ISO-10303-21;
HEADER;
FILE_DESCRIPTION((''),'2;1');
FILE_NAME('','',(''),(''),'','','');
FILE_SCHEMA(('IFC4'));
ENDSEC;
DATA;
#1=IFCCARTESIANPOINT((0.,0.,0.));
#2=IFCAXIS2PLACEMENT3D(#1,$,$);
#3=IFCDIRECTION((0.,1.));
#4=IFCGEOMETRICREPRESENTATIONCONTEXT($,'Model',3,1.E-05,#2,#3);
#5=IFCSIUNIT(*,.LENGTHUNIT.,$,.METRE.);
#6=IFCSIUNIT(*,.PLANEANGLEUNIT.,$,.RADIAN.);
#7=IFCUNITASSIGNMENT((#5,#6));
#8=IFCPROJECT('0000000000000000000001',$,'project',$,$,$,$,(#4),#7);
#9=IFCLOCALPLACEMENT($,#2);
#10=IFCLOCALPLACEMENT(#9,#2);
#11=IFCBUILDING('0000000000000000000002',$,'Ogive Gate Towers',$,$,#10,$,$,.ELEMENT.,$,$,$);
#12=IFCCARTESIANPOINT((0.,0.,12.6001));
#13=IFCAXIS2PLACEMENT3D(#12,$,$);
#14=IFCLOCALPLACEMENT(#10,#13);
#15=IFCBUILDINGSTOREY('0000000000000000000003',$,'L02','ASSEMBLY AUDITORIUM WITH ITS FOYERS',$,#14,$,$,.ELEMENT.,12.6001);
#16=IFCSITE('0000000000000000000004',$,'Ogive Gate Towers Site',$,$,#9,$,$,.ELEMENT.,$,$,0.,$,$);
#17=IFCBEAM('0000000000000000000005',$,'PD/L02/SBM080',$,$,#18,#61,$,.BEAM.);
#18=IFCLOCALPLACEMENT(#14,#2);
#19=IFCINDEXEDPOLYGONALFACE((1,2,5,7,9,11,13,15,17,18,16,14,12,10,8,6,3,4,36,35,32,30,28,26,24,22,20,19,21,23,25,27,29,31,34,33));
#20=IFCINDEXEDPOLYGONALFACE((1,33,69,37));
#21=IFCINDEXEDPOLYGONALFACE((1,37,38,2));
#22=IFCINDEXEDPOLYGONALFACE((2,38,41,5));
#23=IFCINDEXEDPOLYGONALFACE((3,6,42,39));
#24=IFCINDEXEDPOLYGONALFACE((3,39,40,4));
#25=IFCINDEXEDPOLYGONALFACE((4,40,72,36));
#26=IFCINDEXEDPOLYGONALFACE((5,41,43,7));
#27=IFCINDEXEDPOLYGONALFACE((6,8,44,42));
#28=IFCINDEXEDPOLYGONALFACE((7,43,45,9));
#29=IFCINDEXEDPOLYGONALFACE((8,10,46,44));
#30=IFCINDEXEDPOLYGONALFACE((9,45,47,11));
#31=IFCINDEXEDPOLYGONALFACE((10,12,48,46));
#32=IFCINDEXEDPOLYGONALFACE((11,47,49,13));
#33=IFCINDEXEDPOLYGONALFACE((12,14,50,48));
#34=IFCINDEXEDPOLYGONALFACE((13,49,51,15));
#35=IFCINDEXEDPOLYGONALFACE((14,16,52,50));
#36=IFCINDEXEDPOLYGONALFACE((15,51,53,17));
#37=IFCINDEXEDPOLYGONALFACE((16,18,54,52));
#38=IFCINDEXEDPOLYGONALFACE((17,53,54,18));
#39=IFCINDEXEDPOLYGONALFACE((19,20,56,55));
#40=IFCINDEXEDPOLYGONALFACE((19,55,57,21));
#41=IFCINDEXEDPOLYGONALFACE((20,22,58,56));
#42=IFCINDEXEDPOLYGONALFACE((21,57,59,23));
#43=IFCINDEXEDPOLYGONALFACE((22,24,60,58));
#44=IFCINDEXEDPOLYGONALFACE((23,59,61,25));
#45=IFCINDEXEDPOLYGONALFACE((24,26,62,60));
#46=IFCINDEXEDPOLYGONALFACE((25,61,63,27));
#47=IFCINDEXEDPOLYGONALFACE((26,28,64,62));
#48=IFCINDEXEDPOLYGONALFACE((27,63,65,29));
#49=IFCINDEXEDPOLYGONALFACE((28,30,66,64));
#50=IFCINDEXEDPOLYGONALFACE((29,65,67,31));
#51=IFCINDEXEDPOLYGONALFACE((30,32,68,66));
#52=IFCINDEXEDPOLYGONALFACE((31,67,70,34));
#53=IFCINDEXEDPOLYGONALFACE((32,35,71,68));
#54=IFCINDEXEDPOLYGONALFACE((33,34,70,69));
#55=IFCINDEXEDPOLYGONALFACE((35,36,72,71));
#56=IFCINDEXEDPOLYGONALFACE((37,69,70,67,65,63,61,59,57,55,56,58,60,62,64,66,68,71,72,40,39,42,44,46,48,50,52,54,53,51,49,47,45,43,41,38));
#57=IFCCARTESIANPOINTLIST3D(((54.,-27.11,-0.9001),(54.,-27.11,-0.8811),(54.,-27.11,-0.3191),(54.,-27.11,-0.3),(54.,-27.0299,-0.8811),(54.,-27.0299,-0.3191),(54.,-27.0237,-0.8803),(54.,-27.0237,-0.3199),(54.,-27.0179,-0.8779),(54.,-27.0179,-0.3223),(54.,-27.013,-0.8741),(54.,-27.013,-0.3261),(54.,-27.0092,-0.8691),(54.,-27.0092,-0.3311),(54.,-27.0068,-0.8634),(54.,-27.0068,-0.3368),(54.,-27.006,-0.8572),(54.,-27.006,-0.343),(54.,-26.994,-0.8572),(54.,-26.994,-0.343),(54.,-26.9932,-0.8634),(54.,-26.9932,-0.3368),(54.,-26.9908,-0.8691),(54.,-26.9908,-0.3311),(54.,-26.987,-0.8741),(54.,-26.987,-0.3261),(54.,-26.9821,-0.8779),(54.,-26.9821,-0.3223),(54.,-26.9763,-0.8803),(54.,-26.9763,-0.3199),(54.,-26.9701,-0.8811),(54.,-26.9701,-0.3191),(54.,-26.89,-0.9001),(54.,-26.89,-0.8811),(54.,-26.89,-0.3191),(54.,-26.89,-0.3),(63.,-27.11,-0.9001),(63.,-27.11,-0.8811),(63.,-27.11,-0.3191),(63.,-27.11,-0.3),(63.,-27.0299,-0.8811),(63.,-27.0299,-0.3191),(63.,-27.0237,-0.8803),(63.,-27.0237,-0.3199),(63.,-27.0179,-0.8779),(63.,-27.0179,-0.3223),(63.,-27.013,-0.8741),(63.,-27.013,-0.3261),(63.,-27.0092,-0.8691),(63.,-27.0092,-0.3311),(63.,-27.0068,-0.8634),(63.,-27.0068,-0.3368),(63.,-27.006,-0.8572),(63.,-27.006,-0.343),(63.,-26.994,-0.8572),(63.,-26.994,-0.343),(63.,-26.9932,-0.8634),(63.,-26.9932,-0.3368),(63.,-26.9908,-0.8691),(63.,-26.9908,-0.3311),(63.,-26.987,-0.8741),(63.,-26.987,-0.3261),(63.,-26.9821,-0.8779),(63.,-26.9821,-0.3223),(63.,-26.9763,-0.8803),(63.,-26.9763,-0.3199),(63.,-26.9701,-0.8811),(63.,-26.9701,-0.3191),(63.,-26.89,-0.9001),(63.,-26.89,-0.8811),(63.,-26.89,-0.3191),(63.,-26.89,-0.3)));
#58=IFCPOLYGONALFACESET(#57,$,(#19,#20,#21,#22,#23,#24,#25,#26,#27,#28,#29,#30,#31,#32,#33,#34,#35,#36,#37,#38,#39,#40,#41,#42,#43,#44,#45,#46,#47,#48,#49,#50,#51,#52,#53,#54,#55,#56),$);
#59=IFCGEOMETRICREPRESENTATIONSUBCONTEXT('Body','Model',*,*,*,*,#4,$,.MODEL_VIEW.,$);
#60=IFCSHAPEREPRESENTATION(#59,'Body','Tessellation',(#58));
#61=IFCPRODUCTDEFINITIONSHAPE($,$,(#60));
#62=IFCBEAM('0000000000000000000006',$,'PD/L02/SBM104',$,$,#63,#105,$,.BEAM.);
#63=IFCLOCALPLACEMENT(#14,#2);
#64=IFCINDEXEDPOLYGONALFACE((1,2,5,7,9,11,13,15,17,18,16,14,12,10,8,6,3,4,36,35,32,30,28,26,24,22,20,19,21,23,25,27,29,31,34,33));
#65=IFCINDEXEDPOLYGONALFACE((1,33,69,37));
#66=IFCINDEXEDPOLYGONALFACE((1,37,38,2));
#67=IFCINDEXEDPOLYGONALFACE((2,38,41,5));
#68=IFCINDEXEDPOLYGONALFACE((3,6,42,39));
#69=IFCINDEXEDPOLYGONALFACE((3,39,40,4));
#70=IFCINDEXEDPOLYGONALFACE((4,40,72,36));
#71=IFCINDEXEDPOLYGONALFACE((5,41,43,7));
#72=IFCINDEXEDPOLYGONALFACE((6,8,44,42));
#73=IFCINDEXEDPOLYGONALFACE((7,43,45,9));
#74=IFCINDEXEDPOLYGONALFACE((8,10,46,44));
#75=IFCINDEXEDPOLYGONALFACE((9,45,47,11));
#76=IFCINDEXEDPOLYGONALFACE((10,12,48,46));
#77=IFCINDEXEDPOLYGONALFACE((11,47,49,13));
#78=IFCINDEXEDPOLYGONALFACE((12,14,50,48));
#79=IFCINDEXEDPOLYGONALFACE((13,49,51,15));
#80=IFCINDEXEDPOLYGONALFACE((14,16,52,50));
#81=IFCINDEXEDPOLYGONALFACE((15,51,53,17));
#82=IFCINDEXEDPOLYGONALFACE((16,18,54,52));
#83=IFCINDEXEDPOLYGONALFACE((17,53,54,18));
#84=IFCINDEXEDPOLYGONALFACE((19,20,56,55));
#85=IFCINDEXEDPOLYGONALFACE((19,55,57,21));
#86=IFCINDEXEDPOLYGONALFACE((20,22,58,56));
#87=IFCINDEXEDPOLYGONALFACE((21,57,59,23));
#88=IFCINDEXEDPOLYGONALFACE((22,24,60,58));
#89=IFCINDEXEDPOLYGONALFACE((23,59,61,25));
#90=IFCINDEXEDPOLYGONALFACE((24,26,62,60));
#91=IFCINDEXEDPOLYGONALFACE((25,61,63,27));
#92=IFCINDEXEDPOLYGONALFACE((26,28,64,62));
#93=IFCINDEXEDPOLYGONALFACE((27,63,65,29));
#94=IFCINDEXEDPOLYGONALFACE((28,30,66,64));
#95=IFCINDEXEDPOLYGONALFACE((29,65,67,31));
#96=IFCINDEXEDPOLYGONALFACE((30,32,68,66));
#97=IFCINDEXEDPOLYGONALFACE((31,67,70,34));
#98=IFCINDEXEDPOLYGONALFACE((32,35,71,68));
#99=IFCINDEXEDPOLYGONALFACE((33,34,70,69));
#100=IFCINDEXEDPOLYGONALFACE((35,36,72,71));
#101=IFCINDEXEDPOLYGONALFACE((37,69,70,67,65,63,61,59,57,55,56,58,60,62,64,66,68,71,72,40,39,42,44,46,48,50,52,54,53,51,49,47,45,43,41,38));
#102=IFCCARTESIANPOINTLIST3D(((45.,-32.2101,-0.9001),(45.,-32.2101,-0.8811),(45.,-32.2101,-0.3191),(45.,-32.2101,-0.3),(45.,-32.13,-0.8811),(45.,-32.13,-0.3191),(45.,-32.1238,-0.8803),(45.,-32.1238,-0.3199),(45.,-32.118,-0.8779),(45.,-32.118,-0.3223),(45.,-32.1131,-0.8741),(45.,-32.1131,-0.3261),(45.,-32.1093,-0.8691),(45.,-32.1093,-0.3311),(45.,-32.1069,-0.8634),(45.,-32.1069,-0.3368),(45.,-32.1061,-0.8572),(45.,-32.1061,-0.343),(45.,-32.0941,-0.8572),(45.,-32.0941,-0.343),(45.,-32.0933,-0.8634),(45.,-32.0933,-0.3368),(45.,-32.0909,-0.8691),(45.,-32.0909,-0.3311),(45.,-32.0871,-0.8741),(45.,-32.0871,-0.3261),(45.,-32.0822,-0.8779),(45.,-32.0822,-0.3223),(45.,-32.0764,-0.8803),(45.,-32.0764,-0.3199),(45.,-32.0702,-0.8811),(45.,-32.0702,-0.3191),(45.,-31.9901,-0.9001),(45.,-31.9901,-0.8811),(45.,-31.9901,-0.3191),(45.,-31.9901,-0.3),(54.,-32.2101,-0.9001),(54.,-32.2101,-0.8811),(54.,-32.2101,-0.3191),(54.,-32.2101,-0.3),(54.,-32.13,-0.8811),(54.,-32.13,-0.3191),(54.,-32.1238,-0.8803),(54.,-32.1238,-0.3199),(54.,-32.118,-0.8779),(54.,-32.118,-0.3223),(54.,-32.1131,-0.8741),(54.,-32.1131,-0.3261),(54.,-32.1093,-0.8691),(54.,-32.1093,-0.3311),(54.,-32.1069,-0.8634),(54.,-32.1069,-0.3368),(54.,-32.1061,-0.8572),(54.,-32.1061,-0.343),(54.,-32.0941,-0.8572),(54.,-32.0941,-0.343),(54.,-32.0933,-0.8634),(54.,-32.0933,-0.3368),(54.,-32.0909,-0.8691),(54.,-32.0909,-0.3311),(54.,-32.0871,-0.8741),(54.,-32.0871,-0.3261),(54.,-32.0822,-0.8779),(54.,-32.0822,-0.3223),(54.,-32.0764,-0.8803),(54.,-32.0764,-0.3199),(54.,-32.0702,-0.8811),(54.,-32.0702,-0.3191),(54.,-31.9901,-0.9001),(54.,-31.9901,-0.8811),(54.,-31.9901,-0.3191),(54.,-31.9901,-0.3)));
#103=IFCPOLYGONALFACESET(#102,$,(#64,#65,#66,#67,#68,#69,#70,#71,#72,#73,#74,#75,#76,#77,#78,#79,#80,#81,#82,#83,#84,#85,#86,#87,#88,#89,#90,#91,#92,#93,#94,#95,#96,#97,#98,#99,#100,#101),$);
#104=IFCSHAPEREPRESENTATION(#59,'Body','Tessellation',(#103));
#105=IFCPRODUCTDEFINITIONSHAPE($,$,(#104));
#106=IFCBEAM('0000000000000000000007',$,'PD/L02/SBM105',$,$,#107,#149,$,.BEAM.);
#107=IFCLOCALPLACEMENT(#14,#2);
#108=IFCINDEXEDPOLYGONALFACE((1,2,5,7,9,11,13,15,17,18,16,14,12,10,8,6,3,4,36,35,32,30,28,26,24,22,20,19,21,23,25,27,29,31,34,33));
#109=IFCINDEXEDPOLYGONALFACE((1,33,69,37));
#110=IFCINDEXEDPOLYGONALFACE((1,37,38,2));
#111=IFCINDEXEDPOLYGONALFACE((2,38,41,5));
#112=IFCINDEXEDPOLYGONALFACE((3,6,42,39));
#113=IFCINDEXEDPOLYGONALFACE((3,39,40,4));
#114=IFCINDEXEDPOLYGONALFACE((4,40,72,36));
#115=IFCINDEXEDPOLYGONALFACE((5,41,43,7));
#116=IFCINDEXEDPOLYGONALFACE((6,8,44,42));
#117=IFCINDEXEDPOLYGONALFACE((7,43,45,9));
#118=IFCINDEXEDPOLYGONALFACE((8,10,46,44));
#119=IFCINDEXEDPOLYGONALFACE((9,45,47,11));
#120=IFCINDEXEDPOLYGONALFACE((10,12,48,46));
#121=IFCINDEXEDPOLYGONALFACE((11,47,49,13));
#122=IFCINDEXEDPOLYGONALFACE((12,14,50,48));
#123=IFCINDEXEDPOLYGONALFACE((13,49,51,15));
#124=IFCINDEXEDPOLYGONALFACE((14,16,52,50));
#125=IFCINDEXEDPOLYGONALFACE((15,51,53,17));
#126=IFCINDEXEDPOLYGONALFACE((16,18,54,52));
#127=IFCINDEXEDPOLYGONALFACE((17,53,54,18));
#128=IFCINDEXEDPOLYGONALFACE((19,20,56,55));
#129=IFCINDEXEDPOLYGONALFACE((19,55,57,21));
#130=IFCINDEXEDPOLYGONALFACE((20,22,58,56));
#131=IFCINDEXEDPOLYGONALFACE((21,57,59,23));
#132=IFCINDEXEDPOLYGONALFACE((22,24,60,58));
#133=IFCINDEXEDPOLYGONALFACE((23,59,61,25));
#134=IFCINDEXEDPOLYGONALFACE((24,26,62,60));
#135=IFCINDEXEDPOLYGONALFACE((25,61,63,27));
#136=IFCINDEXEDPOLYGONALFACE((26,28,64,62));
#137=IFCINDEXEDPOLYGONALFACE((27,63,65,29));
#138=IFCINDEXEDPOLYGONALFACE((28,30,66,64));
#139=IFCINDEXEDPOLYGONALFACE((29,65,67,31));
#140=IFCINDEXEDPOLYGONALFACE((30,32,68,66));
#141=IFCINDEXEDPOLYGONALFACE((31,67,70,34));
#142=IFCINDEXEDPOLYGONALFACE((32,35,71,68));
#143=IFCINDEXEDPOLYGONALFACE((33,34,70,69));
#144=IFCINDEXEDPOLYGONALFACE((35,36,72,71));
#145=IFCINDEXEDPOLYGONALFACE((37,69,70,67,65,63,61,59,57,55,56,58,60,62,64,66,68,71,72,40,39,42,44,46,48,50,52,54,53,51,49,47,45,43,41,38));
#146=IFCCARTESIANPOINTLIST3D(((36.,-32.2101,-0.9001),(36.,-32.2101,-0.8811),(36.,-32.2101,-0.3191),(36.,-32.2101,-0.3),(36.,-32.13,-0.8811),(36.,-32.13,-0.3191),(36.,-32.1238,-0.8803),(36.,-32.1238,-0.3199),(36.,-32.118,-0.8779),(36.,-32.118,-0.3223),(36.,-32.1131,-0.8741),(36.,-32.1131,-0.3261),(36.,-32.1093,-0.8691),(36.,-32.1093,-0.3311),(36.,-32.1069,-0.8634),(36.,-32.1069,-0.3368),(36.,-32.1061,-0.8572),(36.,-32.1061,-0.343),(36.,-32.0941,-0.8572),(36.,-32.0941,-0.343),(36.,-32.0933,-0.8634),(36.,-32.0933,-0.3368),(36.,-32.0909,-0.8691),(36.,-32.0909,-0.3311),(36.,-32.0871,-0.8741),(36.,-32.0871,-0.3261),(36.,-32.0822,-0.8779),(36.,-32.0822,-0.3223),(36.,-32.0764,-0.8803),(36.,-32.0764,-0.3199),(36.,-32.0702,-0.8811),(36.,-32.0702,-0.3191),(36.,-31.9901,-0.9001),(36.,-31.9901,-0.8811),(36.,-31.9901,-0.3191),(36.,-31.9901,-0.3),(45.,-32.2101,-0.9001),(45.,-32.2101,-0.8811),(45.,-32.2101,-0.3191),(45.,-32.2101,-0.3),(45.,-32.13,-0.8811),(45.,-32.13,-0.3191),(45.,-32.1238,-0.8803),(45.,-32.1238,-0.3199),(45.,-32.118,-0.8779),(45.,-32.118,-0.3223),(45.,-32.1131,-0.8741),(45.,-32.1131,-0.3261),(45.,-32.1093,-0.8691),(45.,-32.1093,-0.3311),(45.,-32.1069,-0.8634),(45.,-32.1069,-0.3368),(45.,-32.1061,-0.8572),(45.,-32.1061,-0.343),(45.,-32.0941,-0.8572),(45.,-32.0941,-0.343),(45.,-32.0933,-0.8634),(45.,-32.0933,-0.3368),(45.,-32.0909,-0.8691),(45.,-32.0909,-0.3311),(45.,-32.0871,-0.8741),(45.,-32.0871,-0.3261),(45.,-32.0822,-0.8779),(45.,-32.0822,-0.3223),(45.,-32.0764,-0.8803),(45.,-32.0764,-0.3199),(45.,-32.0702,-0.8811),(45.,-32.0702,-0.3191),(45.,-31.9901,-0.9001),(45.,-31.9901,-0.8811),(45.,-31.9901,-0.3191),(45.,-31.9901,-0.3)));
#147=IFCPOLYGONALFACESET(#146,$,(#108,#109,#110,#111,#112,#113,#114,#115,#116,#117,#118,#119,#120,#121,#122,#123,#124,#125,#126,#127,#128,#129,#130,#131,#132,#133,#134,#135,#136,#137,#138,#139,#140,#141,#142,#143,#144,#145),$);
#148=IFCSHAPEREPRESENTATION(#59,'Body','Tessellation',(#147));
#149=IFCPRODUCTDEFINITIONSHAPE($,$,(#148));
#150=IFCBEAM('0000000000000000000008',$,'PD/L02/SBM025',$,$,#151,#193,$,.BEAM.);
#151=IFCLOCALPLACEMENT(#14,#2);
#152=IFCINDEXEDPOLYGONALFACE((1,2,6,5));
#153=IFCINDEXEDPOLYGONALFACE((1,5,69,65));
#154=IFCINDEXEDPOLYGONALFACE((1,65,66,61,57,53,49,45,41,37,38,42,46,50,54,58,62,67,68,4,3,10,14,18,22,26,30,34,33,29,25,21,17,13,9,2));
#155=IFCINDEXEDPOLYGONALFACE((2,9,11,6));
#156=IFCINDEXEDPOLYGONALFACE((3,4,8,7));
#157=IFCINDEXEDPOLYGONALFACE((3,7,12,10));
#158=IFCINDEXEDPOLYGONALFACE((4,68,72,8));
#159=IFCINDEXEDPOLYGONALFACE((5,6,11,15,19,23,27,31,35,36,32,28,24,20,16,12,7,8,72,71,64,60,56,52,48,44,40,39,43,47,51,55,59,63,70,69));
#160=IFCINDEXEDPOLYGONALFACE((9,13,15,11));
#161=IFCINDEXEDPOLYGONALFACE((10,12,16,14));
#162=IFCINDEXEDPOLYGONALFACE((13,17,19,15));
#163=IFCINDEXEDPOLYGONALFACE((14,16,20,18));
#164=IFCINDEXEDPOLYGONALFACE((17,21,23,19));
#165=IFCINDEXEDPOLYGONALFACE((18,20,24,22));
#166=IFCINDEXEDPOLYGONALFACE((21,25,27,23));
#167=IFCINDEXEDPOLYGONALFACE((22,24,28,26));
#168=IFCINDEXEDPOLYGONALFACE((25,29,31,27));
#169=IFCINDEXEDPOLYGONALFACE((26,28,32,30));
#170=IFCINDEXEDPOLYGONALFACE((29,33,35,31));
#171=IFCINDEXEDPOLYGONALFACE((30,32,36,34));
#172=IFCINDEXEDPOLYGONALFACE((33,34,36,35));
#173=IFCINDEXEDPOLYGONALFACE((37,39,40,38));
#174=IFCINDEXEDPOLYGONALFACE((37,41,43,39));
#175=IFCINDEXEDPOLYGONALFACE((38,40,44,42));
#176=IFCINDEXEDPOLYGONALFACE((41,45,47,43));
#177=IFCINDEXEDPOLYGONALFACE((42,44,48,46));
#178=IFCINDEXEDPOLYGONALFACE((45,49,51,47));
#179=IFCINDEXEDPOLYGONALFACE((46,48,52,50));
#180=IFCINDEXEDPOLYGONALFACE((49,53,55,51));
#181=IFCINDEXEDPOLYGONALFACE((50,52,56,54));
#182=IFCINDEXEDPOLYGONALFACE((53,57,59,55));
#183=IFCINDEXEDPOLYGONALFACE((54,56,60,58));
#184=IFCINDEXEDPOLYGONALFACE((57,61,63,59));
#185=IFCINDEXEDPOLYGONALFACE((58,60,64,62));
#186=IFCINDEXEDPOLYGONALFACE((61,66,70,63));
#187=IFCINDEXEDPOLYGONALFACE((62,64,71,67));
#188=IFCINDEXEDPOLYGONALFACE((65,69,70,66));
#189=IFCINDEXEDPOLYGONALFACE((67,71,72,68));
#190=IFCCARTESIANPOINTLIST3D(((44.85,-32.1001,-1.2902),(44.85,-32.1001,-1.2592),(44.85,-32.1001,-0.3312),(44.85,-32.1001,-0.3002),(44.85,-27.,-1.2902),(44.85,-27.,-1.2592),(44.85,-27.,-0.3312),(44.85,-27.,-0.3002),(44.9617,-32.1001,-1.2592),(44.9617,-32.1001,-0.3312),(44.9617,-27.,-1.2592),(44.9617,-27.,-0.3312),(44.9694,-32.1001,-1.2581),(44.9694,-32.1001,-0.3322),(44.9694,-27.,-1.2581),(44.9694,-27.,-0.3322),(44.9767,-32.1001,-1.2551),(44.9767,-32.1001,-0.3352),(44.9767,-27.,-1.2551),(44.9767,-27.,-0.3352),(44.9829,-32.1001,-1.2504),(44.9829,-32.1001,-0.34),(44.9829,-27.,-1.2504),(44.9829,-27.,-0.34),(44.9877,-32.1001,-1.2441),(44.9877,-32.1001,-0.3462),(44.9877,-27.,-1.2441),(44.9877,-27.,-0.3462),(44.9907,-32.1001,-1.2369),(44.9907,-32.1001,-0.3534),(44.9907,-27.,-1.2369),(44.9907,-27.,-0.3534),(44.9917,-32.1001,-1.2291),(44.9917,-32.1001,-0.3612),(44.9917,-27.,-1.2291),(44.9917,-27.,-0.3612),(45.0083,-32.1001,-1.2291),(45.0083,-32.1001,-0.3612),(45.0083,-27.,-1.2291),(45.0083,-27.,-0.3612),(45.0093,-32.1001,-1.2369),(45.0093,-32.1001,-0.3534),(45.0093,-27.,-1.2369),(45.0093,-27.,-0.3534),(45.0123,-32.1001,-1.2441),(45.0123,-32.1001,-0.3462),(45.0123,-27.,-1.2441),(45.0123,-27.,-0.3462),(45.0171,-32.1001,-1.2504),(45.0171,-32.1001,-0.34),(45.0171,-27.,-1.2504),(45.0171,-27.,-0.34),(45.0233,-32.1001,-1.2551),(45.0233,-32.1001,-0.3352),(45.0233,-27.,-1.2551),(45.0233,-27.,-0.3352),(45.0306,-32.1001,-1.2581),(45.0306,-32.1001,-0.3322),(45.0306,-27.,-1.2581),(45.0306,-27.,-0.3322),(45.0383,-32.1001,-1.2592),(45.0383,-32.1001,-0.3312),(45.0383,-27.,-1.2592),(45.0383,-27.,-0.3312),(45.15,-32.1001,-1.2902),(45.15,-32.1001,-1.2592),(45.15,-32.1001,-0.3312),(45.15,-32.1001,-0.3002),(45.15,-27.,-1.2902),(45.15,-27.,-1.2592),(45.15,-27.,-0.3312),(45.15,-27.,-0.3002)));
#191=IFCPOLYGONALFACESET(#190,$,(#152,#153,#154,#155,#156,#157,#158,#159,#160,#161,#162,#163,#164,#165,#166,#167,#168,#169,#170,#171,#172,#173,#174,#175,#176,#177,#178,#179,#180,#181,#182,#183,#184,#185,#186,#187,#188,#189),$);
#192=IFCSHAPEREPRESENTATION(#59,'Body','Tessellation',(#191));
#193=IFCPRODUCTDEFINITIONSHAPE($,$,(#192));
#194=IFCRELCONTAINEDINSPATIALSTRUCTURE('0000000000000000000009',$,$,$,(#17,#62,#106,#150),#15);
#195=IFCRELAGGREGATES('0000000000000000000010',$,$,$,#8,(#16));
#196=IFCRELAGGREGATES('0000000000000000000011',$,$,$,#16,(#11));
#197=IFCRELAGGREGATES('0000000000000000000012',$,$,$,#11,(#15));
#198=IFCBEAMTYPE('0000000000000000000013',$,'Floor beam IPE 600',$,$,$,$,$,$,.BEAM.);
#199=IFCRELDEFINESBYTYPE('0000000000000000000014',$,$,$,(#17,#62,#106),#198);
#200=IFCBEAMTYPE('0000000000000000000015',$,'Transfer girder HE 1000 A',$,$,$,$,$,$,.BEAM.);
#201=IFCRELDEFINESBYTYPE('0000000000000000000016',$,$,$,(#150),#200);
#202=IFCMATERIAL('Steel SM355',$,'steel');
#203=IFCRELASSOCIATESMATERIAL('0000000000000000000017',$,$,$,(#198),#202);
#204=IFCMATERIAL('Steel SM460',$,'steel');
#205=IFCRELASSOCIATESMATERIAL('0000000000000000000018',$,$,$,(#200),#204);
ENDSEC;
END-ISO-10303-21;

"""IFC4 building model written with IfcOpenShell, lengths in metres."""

from ifc_helpers import new_model, si_unit, direction, frame, origin, origin_2d, place, context, subcontext, project, spatial, i_section, extrude, material, material_profile, profile_set, type_object, element, save


model = new_model("IFC4")

# Units and contexts
model_context = context("Model", 3, precision=1e-05, world=origin(), true_north=direction((0.0, 1.0)))
body_context = subcontext(model_context, "Body", "Model", "MODEL_VIEW")
ifc_project = project(units=[si_unit("LENGTHUNIT", "METRE"), si_unit("PLANEANGLEUNIT", "RADIAN")], contexts=[model_context])

# Site, building, storey
site_placement = place(None, origin())
site = spatial("IfcSite", under=ifc_project, at=site_placement, Name="Ogive Gate Towers Site", CompositionType="ELEMENT", RefElevation=0.0)
building_placement = place(site_placement, origin())
building = spatial("IfcBuilding", under=site, at=building_placement, Name="Ogive Gate Towers", CompositionType="ELEMENT")
storey_placement = place(building_placement, frame((0.0, 0.0, 12.6001)))
storey = spatial("IfcBuildingStorey", under=building, at=storey_placement, Name="L02", Description="ASSEMBLY AUDITORIUM WITH ITS FOYERS", CompositionType="ELEMENT", Elevation=12.6001)

# Beams
ifc_material_1 = material(Name="Steel SM355", Category="steel")
ifc_material_profile_1 = material_profile(ifc_material_1, i_section(OverallWidth=0.22, OverallDepth=0.6001, WebThickness=0.012, FlangeThickness=0.019, FilletRadius=0.0239, at=origin_2d()), Name="IPE 600")
ifc_profile_set_1 = profile_set([ifc_material_profile_1], Name="Steel SM355")
beam_type_1 = type_object("IfcBeamType", Name="Floor beam IPE 600", PredefinedType="BEAM", material=ifc_profile_set_1)
for number, where, z_axis, x_axis, name in (
    (1, (54.0, -27.0, -0.6001), (1.0, 0.0, 0.0), (0.0, 1.0, 0.0), "PD/L02/SBM080"),
    (2, (54.0, -32.1001, -0.6001), (-1.0, 0.0, 0.0), (0.0, -1.0, 0.0), "PD/L02/SBM104"),
    (3, (45.0, -32.1001, -0.6001), (-1.0, 0.0, 0.0), (0.0, -1.0, 0.0), "PD/L02/SBM105"),
):
    element("IfcBeam", number, at=place(storey_placement, frame(where, z_axis=z_axis, x_axis=x_axis)), inside=storey, type_object=beam_type_1, Name=name, PredefinedType="BEAM", context=body_context, shape_type="SweptSolid", body=[
        extrude(i_section(OverallWidth=0.22, OverallDepth=0.6001, WebThickness=0.012, FlangeThickness=0.019, FilletRadius=0.0239, at=origin_2d()), origin(), (0.0, 0.0, 1.0), 9.0),
    ])
ifc_material_2 = material(Name="Steel SM460", Category="steel")
ifc_material_profile_2 = material_profile(ifc_material_2, i_section(OverallWidth=0.3, OverallDepth=0.99, WebThickness=0.0166, FlangeThickness=0.031, FilletRadius=0.03, at=origin_2d()), Name="HE 1000 A")
ifc_profile_set_2 = profile_set([ifc_material_profile_2], Name="Steel SM460")
beam_type_2 = type_object("IfcBeamType", Name="Transfer girder HE 1000 A", PredefinedType="BEAM", material=ifc_profile_set_2)
for number, where, z_axis, x_axis, name in (
    (4, (45.0, -32.1001, -0.7952), (0.0, 1.0, 0.0), (-1.0, 0.0, 0.0), "PD/L02/SBM025"),
):
    element("IfcBeam", number, at=place(storey_placement, frame(where, z_axis=z_axis, x_axis=x_axis)), inside=storey, type_object=beam_type_2, Name=name, PredefinedType="BEAM", context=body_context, shape_type="SweptSolid", body=[
        extrude(i_section(OverallWidth=0.3, OverallDepth=0.99, WebThickness=0.0166, FlangeThickness=0.031, FilletRadius=0.03, at=origin_2d()), origin(), (0.0, 0.0, 1.0), 5.1001),
    ])

save(model, "model.ifc")
